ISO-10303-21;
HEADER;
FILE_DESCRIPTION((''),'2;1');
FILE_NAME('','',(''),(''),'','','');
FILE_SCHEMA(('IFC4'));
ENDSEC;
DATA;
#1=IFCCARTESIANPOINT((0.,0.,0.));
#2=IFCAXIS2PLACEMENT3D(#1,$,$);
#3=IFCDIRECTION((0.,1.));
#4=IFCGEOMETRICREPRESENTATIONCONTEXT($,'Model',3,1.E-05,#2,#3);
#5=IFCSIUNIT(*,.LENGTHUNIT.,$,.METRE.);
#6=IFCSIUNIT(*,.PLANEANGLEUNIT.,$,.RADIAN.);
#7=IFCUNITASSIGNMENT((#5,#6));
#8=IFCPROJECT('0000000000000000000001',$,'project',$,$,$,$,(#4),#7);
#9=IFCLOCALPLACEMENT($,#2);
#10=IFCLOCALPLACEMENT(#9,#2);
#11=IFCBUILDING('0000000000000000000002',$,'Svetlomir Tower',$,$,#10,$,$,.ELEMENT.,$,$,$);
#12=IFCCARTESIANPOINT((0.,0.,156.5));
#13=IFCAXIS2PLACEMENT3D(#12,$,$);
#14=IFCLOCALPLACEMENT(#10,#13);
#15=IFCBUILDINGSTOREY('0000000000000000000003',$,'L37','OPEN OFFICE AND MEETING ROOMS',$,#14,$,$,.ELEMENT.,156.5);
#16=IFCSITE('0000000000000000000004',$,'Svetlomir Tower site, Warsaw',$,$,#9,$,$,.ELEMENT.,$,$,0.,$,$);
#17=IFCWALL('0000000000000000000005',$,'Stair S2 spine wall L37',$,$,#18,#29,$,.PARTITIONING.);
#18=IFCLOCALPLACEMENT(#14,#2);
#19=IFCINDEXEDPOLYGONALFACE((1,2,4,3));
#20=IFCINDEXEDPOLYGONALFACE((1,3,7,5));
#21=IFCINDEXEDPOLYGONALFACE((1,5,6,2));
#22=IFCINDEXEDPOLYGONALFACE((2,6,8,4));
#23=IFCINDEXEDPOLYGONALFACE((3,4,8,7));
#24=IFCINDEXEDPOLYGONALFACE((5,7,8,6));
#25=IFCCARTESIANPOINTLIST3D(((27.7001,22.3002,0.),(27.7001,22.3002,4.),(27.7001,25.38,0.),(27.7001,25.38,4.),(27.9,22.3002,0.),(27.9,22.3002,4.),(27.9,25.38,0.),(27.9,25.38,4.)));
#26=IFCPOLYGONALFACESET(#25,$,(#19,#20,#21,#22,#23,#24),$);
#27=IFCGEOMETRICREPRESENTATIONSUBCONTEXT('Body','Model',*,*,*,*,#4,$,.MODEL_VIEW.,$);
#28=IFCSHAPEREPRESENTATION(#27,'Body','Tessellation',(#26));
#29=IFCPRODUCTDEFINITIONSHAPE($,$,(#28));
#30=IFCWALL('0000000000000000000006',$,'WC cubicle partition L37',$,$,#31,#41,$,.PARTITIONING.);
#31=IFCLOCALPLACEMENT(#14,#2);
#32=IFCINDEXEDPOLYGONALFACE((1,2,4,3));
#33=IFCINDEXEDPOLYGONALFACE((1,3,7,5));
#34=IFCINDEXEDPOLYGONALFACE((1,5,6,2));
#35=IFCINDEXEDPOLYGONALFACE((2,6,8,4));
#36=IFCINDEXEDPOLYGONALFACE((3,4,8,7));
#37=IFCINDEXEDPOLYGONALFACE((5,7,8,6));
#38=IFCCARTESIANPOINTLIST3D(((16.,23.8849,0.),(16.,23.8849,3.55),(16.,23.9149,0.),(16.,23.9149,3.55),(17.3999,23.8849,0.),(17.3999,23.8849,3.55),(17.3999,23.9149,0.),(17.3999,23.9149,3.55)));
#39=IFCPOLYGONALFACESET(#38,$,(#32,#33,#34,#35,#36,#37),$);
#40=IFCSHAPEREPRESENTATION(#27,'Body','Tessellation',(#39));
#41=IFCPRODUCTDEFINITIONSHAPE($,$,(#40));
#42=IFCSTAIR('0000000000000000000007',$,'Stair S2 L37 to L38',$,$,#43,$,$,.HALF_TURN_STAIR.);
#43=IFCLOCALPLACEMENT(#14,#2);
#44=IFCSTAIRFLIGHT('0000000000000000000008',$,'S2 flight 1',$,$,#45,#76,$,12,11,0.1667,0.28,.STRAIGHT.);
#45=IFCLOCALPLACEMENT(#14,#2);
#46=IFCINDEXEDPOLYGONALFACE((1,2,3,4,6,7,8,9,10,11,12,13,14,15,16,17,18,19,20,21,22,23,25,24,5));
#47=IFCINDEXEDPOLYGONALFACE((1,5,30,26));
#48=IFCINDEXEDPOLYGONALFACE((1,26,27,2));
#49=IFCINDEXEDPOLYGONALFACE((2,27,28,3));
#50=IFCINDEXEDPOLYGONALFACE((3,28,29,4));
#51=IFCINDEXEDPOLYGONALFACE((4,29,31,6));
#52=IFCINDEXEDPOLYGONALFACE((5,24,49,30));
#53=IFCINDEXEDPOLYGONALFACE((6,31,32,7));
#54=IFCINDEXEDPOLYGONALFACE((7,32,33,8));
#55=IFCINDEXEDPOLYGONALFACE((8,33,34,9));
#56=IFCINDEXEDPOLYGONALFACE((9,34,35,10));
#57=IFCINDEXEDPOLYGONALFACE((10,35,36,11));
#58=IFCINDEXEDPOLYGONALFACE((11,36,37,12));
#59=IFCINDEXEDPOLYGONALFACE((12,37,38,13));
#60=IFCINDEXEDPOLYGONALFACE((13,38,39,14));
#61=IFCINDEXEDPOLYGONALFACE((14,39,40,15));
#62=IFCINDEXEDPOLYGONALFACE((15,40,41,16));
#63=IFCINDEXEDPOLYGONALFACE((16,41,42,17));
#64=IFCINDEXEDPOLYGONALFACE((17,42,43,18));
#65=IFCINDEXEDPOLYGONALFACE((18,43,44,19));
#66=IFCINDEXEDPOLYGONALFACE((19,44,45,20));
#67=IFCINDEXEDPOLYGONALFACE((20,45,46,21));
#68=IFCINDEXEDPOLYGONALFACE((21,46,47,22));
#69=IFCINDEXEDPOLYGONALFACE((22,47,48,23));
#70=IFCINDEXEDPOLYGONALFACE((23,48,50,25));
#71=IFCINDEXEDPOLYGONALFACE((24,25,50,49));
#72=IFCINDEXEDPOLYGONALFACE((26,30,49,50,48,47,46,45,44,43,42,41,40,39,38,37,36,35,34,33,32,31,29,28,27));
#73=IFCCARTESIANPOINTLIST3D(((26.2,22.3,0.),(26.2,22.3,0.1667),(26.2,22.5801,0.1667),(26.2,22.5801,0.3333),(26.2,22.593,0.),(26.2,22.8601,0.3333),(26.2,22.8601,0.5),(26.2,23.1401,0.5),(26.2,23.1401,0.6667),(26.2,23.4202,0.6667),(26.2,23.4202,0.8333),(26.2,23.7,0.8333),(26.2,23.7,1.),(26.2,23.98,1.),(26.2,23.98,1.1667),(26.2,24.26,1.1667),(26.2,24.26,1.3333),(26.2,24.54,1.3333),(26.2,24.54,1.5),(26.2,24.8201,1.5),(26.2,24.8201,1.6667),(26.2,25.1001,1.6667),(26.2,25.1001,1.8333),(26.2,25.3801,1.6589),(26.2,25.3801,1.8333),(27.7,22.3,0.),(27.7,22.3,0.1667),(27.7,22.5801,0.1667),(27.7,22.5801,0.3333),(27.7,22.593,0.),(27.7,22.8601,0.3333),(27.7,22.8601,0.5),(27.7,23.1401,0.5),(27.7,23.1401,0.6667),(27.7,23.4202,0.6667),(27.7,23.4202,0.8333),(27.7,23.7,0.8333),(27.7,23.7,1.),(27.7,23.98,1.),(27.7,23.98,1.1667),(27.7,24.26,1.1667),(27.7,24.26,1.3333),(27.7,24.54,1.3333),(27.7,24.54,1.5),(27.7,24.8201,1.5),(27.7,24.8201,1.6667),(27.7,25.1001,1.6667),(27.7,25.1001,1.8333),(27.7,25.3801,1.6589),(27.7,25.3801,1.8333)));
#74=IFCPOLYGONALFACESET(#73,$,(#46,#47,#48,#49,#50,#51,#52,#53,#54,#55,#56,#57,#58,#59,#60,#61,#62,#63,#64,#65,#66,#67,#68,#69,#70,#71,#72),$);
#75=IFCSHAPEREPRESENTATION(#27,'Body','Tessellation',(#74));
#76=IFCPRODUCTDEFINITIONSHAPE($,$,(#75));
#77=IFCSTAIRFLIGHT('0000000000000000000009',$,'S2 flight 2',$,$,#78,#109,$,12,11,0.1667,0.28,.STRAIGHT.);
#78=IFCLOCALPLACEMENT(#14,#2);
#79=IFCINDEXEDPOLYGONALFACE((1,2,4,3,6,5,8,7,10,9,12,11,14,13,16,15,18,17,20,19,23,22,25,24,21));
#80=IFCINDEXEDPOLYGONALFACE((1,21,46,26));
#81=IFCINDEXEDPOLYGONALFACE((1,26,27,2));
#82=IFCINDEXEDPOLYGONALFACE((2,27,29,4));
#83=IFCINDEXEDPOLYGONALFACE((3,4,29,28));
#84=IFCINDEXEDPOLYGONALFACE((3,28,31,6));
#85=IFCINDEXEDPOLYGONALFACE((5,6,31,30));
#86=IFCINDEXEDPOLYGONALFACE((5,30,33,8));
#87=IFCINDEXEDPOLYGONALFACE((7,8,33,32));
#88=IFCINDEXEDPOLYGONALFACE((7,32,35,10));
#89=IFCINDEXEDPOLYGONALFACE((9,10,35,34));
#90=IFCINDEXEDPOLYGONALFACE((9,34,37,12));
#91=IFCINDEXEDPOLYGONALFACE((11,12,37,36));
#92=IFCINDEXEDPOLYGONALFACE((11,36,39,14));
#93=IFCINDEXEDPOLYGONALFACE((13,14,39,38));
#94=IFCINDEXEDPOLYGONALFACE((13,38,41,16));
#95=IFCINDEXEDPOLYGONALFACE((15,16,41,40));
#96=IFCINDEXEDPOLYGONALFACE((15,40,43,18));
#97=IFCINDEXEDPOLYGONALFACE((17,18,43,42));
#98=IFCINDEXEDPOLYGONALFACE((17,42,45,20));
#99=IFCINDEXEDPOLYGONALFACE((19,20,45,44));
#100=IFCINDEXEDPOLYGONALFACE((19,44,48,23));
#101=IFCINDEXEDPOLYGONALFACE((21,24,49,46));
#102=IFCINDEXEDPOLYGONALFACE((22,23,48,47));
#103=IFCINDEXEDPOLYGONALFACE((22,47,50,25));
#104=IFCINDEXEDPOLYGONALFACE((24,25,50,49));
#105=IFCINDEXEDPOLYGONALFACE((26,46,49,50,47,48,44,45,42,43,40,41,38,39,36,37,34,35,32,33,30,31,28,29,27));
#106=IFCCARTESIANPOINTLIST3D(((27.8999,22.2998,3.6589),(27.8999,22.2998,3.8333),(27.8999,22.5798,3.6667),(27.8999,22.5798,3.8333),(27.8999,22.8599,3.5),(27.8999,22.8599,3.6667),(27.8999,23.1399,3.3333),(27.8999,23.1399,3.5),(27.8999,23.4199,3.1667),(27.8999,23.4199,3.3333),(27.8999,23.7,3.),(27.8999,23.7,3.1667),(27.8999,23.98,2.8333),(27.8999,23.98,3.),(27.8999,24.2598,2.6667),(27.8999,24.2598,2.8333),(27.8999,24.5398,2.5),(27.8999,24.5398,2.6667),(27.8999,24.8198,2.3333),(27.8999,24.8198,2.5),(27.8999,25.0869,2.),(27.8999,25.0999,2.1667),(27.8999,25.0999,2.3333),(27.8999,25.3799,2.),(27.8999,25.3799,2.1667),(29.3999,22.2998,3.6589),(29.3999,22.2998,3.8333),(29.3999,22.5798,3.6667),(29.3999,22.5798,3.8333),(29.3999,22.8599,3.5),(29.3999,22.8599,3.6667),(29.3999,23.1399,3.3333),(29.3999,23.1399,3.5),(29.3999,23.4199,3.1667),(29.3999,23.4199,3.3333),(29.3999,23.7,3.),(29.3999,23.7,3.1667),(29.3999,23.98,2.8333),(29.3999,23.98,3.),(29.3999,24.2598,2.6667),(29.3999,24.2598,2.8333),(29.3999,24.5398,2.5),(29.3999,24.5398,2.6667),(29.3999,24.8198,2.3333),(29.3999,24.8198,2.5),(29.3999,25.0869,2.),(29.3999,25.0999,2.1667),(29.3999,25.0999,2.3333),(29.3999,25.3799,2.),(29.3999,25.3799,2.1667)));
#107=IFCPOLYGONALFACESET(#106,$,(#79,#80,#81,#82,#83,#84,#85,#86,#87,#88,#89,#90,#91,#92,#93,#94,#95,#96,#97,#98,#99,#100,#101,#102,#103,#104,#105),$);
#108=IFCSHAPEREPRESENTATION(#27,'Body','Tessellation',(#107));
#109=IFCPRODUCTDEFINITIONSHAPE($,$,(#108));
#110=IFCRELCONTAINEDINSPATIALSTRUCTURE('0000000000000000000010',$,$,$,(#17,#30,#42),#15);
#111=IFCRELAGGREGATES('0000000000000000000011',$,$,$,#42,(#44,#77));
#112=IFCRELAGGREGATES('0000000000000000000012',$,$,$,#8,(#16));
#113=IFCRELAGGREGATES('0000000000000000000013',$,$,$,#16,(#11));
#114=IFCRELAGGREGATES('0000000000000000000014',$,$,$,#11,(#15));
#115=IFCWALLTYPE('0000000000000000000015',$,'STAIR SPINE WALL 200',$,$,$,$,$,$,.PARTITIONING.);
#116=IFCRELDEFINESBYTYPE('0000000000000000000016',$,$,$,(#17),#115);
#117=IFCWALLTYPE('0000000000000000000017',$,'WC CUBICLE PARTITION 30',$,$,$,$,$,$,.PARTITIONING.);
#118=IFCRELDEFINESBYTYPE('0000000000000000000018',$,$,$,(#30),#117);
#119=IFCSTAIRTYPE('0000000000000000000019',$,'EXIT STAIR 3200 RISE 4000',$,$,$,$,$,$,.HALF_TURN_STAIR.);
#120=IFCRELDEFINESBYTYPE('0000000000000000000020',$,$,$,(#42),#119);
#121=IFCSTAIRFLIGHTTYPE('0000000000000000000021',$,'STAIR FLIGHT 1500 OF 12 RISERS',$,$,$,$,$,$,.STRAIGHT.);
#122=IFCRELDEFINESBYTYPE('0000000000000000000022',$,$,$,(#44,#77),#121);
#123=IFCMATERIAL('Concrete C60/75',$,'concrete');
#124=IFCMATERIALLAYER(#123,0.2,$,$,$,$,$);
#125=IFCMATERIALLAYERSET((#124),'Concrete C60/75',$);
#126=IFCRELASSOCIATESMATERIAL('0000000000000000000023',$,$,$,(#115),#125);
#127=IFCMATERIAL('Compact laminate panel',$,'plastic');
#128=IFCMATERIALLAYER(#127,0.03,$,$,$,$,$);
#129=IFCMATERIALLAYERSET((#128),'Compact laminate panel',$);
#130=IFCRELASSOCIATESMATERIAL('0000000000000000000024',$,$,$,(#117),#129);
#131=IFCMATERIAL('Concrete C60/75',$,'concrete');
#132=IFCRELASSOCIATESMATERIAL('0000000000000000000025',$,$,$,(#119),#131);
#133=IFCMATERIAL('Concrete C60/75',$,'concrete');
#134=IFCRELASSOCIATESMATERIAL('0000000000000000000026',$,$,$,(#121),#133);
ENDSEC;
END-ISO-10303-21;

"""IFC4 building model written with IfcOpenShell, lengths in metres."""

from ifc_helpers import new_model, si_unit, direction, frame, frame_2d, origin, place, context, subcontext, project, spatial, polyline, rectangle, outline, extrude, material, layer, layer_set, type_object, element, aggregate, save


model = new_model("IFC4")

# Units and contexts
model_context = context("Model", 3, precision=1e-05, world=origin(), true_north=direction((0.0, 1.0)))
body_context = subcontext(model_context, "Body", "Model", "MODEL_VIEW")
ifc_project = project(units=[si_unit("LENGTHUNIT", "METRE"), si_unit("PLANEANGLEUNIT", "RADIAN")], contexts=[model_context])

# Site, building, storey
site_placement = place(None, origin())
site = spatial("IfcSite", under=ifc_project, at=site_placement, Name="Svetlomir Tower site, Warsaw", CompositionType="ELEMENT", RefElevation=0.0)
building_placement = place(site_placement, origin())
building = spatial("IfcBuilding", under=site, at=building_placement, Name="Svetlomir Tower", CompositionType="ELEMENT")
storey_placement = place(building_placement, frame((0.0, 0.0, 156.5)))
storey = spatial("IfcBuildingStorey", under=building, at=storey_placement, Name="L37", Description="OPEN OFFICE AND MEETING ROOMS", CompositionType="ELEMENT", Elevation=156.5)

# Walls
ifc_material_1 = material(Name="Concrete C60/75", Category="concrete")
ifc_layer_1 = layer(ifc_material_1, 0.2)
ifc_layer_set_1 = layer_set([ifc_layer_1], Name="Concrete C60/75")
wall_type_1 = type_object("IfcWallType", Name="STAIR SPINE WALL 200", PredefinedType="PARTITIONING", material=ifc_layer_set_1)
wall_1_placement = place(storey_placement, frame((27.8, 22.3, 0.0), z_axis=(0.0, 0.0, 1.0), x_axis=(0.0, 1.0, 0.0)))
element("IfcWall", 1, at=wall_1_placement, inside=storey, type_object=wall_type_1, Name="Stair S2 spine wall L37", PredefinedType="PARTITIONING", context=body_context, shape_type="SweptSolid", body=[
    extrude(rectangle(XDim=3.0798, YDim=0.2, at=frame_2d((1.54, 0.0))), origin(), (0.0, 0.0, 1.0), 4.0),
])
ifc_material_2 = material(Name="Compact laminate panel", Category="plastic")
ifc_layer_2 = layer(ifc_material_2, 0.03)
ifc_layer_set_2 = layer_set([ifc_layer_2], Name="Compact laminate panel")
wall_type_2 = type_object("IfcWallType", Name="WC CUBICLE PARTITION 30", PredefinedType="PARTITIONING", material=ifc_layer_set_2)
wall_2_placement = place(storey_placement, frame((16.0, 23.8999, 0.0), z_axis=(0.0, 0.0, 1.0), x_axis=(1.0, 0.0, 0.0)))
element("IfcWall", 2, at=wall_2_placement, inside=storey, type_object=wall_type_2, Name="WC cubicle partition L37", PredefinedType="PARTITIONING", context=body_context, shape_type="SweptSolid", body=[
    extrude(rectangle(XDim=1.3999, YDim=0.03, at=frame_2d((0.7, 0.0))), origin(), (0.0, 0.0, 1.0), 3.55),
])

# Stair, stair flights
ifc_material_3 = material(Name="Concrete C60/75", Category="concrete")
stair_type = type_object("IfcStairType", Name="EXIT STAIR 3200 RISE 4000", PredefinedType="HALF_TURN_STAIR", material=ifc_material_3)
stair_placement = place(storey_placement, origin())
stair = element("IfcStair", 3, at=stair_placement, inside=storey, type_object=stair_type, Name="Stair S2 L37 to L38", PredefinedType="HALF_TURN_STAIR")
ifc_material_4 = material(Name="Concrete C60/75", Category="concrete")
stair_flight_type = type_object("IfcStairFlightType", Name="STAIR FLIGHT 1500 OF 12 RISERS", PredefinedType="STRAIGHT", material=ifc_material_4)
stair_flight_1_placement = place(storey_placement, frame((26.95, 22.3, 0.0), z_axis=(0.0, 0.0, 1.0), x_axis=(0.0, 1.0, 0.0)))
stair_flight_1 = element("IfcStairFlight", 4, at=stair_flight_1_placement, type_object=stair_flight_type, Name="S2 flight 1", NumberOfRisers=12, NumberOfTreads=11, PredefinedType="STRAIGHT", RiserHeight=0.1667, TreadLength=0.28, context=body_context, shape_type="SweptSolid", body=[
    extrude(outline(polyline([(0.0, 0.0), (0.0, 0.1667), (0.28, 0.1667), (0.28, 0.3333), (0.5601, 0.3333), (0.5601, 0.5), (0.8401, 0.5), (0.8401, 0.6667), (1.1201, 0.6667), (1.1201, 0.8333), (1.3999, 0.8333), (1.3999, 1.0), (1.6799, 1.0), (1.6799, 1.1667), (1.96, 1.1667), (1.96, 1.3333), (2.24, 1.3333), (2.24, 1.5), (2.52, 1.5), (2.52, 1.6667), (2.8, 1.6667), (2.8, 1.8333), (3.0801, 1.8333), (3.0801, 2.0), (3.0801, 1.6589), (0.293, 0.0), (0.0, 0.0)])), frame((0.0, 0.75, 0.0), z_axis=(0.0, -1.0, 0.0), x_axis=(1.0, 0.0, 0.0)), (0.0, 0.0, 1.0), 1.5),
])
stair_flight_2_placement = place(storey_placement, frame((28.6499, 25.3799, 2.0), z_axis=(0.0, 0.0, 1.0), x_axis=(0.0, -1.0, 0.0)))
stair_flight_2 = element("IfcStairFlight", 5, at=stair_flight_2_placement, type_object=stair_flight_type, Name="S2 flight 2", NumberOfRisers=12, NumberOfTreads=11, PredefinedType="STRAIGHT", RiserHeight=0.1667, TreadLength=0.28, context=body_context, shape_type="SweptSolid", body=[
    extrude(outline(polyline([(0.0, 0.0), (0.0, 0.1667), (0.28, 0.1667), (0.28, 0.3333), (0.5601, 0.3333), (0.5601, 0.5), (0.8401, 0.5), (0.8401, 0.6667), (1.1201, 0.6667), (1.1201, 0.8333), (1.3999, 0.8333), (1.3999, 1.0), (1.6799, 1.0), (1.6799, 1.1667), (1.96, 1.1667), (1.96, 1.3333), (2.24, 1.3333), (2.24, 1.5), (2.52, 1.5), (2.52, 1.6667), (2.8, 1.6667), (2.8, 1.8333), (3.0801, 1.8333), (3.0801, 2.0), (3.0801, 1.6589), (0.293, 0.0), (0.0, 0.0)])), frame((0.0, 0.75, 0.0), z_axis=(0.0, -1.0, 0.0), x_axis=(1.0, 0.0, 0.0)), (0.0, 0.0, 1.0), 1.5),
])
aggregate(stair, [stair_flight_1, stair_flight_2])

save(model, "model.ifc")
